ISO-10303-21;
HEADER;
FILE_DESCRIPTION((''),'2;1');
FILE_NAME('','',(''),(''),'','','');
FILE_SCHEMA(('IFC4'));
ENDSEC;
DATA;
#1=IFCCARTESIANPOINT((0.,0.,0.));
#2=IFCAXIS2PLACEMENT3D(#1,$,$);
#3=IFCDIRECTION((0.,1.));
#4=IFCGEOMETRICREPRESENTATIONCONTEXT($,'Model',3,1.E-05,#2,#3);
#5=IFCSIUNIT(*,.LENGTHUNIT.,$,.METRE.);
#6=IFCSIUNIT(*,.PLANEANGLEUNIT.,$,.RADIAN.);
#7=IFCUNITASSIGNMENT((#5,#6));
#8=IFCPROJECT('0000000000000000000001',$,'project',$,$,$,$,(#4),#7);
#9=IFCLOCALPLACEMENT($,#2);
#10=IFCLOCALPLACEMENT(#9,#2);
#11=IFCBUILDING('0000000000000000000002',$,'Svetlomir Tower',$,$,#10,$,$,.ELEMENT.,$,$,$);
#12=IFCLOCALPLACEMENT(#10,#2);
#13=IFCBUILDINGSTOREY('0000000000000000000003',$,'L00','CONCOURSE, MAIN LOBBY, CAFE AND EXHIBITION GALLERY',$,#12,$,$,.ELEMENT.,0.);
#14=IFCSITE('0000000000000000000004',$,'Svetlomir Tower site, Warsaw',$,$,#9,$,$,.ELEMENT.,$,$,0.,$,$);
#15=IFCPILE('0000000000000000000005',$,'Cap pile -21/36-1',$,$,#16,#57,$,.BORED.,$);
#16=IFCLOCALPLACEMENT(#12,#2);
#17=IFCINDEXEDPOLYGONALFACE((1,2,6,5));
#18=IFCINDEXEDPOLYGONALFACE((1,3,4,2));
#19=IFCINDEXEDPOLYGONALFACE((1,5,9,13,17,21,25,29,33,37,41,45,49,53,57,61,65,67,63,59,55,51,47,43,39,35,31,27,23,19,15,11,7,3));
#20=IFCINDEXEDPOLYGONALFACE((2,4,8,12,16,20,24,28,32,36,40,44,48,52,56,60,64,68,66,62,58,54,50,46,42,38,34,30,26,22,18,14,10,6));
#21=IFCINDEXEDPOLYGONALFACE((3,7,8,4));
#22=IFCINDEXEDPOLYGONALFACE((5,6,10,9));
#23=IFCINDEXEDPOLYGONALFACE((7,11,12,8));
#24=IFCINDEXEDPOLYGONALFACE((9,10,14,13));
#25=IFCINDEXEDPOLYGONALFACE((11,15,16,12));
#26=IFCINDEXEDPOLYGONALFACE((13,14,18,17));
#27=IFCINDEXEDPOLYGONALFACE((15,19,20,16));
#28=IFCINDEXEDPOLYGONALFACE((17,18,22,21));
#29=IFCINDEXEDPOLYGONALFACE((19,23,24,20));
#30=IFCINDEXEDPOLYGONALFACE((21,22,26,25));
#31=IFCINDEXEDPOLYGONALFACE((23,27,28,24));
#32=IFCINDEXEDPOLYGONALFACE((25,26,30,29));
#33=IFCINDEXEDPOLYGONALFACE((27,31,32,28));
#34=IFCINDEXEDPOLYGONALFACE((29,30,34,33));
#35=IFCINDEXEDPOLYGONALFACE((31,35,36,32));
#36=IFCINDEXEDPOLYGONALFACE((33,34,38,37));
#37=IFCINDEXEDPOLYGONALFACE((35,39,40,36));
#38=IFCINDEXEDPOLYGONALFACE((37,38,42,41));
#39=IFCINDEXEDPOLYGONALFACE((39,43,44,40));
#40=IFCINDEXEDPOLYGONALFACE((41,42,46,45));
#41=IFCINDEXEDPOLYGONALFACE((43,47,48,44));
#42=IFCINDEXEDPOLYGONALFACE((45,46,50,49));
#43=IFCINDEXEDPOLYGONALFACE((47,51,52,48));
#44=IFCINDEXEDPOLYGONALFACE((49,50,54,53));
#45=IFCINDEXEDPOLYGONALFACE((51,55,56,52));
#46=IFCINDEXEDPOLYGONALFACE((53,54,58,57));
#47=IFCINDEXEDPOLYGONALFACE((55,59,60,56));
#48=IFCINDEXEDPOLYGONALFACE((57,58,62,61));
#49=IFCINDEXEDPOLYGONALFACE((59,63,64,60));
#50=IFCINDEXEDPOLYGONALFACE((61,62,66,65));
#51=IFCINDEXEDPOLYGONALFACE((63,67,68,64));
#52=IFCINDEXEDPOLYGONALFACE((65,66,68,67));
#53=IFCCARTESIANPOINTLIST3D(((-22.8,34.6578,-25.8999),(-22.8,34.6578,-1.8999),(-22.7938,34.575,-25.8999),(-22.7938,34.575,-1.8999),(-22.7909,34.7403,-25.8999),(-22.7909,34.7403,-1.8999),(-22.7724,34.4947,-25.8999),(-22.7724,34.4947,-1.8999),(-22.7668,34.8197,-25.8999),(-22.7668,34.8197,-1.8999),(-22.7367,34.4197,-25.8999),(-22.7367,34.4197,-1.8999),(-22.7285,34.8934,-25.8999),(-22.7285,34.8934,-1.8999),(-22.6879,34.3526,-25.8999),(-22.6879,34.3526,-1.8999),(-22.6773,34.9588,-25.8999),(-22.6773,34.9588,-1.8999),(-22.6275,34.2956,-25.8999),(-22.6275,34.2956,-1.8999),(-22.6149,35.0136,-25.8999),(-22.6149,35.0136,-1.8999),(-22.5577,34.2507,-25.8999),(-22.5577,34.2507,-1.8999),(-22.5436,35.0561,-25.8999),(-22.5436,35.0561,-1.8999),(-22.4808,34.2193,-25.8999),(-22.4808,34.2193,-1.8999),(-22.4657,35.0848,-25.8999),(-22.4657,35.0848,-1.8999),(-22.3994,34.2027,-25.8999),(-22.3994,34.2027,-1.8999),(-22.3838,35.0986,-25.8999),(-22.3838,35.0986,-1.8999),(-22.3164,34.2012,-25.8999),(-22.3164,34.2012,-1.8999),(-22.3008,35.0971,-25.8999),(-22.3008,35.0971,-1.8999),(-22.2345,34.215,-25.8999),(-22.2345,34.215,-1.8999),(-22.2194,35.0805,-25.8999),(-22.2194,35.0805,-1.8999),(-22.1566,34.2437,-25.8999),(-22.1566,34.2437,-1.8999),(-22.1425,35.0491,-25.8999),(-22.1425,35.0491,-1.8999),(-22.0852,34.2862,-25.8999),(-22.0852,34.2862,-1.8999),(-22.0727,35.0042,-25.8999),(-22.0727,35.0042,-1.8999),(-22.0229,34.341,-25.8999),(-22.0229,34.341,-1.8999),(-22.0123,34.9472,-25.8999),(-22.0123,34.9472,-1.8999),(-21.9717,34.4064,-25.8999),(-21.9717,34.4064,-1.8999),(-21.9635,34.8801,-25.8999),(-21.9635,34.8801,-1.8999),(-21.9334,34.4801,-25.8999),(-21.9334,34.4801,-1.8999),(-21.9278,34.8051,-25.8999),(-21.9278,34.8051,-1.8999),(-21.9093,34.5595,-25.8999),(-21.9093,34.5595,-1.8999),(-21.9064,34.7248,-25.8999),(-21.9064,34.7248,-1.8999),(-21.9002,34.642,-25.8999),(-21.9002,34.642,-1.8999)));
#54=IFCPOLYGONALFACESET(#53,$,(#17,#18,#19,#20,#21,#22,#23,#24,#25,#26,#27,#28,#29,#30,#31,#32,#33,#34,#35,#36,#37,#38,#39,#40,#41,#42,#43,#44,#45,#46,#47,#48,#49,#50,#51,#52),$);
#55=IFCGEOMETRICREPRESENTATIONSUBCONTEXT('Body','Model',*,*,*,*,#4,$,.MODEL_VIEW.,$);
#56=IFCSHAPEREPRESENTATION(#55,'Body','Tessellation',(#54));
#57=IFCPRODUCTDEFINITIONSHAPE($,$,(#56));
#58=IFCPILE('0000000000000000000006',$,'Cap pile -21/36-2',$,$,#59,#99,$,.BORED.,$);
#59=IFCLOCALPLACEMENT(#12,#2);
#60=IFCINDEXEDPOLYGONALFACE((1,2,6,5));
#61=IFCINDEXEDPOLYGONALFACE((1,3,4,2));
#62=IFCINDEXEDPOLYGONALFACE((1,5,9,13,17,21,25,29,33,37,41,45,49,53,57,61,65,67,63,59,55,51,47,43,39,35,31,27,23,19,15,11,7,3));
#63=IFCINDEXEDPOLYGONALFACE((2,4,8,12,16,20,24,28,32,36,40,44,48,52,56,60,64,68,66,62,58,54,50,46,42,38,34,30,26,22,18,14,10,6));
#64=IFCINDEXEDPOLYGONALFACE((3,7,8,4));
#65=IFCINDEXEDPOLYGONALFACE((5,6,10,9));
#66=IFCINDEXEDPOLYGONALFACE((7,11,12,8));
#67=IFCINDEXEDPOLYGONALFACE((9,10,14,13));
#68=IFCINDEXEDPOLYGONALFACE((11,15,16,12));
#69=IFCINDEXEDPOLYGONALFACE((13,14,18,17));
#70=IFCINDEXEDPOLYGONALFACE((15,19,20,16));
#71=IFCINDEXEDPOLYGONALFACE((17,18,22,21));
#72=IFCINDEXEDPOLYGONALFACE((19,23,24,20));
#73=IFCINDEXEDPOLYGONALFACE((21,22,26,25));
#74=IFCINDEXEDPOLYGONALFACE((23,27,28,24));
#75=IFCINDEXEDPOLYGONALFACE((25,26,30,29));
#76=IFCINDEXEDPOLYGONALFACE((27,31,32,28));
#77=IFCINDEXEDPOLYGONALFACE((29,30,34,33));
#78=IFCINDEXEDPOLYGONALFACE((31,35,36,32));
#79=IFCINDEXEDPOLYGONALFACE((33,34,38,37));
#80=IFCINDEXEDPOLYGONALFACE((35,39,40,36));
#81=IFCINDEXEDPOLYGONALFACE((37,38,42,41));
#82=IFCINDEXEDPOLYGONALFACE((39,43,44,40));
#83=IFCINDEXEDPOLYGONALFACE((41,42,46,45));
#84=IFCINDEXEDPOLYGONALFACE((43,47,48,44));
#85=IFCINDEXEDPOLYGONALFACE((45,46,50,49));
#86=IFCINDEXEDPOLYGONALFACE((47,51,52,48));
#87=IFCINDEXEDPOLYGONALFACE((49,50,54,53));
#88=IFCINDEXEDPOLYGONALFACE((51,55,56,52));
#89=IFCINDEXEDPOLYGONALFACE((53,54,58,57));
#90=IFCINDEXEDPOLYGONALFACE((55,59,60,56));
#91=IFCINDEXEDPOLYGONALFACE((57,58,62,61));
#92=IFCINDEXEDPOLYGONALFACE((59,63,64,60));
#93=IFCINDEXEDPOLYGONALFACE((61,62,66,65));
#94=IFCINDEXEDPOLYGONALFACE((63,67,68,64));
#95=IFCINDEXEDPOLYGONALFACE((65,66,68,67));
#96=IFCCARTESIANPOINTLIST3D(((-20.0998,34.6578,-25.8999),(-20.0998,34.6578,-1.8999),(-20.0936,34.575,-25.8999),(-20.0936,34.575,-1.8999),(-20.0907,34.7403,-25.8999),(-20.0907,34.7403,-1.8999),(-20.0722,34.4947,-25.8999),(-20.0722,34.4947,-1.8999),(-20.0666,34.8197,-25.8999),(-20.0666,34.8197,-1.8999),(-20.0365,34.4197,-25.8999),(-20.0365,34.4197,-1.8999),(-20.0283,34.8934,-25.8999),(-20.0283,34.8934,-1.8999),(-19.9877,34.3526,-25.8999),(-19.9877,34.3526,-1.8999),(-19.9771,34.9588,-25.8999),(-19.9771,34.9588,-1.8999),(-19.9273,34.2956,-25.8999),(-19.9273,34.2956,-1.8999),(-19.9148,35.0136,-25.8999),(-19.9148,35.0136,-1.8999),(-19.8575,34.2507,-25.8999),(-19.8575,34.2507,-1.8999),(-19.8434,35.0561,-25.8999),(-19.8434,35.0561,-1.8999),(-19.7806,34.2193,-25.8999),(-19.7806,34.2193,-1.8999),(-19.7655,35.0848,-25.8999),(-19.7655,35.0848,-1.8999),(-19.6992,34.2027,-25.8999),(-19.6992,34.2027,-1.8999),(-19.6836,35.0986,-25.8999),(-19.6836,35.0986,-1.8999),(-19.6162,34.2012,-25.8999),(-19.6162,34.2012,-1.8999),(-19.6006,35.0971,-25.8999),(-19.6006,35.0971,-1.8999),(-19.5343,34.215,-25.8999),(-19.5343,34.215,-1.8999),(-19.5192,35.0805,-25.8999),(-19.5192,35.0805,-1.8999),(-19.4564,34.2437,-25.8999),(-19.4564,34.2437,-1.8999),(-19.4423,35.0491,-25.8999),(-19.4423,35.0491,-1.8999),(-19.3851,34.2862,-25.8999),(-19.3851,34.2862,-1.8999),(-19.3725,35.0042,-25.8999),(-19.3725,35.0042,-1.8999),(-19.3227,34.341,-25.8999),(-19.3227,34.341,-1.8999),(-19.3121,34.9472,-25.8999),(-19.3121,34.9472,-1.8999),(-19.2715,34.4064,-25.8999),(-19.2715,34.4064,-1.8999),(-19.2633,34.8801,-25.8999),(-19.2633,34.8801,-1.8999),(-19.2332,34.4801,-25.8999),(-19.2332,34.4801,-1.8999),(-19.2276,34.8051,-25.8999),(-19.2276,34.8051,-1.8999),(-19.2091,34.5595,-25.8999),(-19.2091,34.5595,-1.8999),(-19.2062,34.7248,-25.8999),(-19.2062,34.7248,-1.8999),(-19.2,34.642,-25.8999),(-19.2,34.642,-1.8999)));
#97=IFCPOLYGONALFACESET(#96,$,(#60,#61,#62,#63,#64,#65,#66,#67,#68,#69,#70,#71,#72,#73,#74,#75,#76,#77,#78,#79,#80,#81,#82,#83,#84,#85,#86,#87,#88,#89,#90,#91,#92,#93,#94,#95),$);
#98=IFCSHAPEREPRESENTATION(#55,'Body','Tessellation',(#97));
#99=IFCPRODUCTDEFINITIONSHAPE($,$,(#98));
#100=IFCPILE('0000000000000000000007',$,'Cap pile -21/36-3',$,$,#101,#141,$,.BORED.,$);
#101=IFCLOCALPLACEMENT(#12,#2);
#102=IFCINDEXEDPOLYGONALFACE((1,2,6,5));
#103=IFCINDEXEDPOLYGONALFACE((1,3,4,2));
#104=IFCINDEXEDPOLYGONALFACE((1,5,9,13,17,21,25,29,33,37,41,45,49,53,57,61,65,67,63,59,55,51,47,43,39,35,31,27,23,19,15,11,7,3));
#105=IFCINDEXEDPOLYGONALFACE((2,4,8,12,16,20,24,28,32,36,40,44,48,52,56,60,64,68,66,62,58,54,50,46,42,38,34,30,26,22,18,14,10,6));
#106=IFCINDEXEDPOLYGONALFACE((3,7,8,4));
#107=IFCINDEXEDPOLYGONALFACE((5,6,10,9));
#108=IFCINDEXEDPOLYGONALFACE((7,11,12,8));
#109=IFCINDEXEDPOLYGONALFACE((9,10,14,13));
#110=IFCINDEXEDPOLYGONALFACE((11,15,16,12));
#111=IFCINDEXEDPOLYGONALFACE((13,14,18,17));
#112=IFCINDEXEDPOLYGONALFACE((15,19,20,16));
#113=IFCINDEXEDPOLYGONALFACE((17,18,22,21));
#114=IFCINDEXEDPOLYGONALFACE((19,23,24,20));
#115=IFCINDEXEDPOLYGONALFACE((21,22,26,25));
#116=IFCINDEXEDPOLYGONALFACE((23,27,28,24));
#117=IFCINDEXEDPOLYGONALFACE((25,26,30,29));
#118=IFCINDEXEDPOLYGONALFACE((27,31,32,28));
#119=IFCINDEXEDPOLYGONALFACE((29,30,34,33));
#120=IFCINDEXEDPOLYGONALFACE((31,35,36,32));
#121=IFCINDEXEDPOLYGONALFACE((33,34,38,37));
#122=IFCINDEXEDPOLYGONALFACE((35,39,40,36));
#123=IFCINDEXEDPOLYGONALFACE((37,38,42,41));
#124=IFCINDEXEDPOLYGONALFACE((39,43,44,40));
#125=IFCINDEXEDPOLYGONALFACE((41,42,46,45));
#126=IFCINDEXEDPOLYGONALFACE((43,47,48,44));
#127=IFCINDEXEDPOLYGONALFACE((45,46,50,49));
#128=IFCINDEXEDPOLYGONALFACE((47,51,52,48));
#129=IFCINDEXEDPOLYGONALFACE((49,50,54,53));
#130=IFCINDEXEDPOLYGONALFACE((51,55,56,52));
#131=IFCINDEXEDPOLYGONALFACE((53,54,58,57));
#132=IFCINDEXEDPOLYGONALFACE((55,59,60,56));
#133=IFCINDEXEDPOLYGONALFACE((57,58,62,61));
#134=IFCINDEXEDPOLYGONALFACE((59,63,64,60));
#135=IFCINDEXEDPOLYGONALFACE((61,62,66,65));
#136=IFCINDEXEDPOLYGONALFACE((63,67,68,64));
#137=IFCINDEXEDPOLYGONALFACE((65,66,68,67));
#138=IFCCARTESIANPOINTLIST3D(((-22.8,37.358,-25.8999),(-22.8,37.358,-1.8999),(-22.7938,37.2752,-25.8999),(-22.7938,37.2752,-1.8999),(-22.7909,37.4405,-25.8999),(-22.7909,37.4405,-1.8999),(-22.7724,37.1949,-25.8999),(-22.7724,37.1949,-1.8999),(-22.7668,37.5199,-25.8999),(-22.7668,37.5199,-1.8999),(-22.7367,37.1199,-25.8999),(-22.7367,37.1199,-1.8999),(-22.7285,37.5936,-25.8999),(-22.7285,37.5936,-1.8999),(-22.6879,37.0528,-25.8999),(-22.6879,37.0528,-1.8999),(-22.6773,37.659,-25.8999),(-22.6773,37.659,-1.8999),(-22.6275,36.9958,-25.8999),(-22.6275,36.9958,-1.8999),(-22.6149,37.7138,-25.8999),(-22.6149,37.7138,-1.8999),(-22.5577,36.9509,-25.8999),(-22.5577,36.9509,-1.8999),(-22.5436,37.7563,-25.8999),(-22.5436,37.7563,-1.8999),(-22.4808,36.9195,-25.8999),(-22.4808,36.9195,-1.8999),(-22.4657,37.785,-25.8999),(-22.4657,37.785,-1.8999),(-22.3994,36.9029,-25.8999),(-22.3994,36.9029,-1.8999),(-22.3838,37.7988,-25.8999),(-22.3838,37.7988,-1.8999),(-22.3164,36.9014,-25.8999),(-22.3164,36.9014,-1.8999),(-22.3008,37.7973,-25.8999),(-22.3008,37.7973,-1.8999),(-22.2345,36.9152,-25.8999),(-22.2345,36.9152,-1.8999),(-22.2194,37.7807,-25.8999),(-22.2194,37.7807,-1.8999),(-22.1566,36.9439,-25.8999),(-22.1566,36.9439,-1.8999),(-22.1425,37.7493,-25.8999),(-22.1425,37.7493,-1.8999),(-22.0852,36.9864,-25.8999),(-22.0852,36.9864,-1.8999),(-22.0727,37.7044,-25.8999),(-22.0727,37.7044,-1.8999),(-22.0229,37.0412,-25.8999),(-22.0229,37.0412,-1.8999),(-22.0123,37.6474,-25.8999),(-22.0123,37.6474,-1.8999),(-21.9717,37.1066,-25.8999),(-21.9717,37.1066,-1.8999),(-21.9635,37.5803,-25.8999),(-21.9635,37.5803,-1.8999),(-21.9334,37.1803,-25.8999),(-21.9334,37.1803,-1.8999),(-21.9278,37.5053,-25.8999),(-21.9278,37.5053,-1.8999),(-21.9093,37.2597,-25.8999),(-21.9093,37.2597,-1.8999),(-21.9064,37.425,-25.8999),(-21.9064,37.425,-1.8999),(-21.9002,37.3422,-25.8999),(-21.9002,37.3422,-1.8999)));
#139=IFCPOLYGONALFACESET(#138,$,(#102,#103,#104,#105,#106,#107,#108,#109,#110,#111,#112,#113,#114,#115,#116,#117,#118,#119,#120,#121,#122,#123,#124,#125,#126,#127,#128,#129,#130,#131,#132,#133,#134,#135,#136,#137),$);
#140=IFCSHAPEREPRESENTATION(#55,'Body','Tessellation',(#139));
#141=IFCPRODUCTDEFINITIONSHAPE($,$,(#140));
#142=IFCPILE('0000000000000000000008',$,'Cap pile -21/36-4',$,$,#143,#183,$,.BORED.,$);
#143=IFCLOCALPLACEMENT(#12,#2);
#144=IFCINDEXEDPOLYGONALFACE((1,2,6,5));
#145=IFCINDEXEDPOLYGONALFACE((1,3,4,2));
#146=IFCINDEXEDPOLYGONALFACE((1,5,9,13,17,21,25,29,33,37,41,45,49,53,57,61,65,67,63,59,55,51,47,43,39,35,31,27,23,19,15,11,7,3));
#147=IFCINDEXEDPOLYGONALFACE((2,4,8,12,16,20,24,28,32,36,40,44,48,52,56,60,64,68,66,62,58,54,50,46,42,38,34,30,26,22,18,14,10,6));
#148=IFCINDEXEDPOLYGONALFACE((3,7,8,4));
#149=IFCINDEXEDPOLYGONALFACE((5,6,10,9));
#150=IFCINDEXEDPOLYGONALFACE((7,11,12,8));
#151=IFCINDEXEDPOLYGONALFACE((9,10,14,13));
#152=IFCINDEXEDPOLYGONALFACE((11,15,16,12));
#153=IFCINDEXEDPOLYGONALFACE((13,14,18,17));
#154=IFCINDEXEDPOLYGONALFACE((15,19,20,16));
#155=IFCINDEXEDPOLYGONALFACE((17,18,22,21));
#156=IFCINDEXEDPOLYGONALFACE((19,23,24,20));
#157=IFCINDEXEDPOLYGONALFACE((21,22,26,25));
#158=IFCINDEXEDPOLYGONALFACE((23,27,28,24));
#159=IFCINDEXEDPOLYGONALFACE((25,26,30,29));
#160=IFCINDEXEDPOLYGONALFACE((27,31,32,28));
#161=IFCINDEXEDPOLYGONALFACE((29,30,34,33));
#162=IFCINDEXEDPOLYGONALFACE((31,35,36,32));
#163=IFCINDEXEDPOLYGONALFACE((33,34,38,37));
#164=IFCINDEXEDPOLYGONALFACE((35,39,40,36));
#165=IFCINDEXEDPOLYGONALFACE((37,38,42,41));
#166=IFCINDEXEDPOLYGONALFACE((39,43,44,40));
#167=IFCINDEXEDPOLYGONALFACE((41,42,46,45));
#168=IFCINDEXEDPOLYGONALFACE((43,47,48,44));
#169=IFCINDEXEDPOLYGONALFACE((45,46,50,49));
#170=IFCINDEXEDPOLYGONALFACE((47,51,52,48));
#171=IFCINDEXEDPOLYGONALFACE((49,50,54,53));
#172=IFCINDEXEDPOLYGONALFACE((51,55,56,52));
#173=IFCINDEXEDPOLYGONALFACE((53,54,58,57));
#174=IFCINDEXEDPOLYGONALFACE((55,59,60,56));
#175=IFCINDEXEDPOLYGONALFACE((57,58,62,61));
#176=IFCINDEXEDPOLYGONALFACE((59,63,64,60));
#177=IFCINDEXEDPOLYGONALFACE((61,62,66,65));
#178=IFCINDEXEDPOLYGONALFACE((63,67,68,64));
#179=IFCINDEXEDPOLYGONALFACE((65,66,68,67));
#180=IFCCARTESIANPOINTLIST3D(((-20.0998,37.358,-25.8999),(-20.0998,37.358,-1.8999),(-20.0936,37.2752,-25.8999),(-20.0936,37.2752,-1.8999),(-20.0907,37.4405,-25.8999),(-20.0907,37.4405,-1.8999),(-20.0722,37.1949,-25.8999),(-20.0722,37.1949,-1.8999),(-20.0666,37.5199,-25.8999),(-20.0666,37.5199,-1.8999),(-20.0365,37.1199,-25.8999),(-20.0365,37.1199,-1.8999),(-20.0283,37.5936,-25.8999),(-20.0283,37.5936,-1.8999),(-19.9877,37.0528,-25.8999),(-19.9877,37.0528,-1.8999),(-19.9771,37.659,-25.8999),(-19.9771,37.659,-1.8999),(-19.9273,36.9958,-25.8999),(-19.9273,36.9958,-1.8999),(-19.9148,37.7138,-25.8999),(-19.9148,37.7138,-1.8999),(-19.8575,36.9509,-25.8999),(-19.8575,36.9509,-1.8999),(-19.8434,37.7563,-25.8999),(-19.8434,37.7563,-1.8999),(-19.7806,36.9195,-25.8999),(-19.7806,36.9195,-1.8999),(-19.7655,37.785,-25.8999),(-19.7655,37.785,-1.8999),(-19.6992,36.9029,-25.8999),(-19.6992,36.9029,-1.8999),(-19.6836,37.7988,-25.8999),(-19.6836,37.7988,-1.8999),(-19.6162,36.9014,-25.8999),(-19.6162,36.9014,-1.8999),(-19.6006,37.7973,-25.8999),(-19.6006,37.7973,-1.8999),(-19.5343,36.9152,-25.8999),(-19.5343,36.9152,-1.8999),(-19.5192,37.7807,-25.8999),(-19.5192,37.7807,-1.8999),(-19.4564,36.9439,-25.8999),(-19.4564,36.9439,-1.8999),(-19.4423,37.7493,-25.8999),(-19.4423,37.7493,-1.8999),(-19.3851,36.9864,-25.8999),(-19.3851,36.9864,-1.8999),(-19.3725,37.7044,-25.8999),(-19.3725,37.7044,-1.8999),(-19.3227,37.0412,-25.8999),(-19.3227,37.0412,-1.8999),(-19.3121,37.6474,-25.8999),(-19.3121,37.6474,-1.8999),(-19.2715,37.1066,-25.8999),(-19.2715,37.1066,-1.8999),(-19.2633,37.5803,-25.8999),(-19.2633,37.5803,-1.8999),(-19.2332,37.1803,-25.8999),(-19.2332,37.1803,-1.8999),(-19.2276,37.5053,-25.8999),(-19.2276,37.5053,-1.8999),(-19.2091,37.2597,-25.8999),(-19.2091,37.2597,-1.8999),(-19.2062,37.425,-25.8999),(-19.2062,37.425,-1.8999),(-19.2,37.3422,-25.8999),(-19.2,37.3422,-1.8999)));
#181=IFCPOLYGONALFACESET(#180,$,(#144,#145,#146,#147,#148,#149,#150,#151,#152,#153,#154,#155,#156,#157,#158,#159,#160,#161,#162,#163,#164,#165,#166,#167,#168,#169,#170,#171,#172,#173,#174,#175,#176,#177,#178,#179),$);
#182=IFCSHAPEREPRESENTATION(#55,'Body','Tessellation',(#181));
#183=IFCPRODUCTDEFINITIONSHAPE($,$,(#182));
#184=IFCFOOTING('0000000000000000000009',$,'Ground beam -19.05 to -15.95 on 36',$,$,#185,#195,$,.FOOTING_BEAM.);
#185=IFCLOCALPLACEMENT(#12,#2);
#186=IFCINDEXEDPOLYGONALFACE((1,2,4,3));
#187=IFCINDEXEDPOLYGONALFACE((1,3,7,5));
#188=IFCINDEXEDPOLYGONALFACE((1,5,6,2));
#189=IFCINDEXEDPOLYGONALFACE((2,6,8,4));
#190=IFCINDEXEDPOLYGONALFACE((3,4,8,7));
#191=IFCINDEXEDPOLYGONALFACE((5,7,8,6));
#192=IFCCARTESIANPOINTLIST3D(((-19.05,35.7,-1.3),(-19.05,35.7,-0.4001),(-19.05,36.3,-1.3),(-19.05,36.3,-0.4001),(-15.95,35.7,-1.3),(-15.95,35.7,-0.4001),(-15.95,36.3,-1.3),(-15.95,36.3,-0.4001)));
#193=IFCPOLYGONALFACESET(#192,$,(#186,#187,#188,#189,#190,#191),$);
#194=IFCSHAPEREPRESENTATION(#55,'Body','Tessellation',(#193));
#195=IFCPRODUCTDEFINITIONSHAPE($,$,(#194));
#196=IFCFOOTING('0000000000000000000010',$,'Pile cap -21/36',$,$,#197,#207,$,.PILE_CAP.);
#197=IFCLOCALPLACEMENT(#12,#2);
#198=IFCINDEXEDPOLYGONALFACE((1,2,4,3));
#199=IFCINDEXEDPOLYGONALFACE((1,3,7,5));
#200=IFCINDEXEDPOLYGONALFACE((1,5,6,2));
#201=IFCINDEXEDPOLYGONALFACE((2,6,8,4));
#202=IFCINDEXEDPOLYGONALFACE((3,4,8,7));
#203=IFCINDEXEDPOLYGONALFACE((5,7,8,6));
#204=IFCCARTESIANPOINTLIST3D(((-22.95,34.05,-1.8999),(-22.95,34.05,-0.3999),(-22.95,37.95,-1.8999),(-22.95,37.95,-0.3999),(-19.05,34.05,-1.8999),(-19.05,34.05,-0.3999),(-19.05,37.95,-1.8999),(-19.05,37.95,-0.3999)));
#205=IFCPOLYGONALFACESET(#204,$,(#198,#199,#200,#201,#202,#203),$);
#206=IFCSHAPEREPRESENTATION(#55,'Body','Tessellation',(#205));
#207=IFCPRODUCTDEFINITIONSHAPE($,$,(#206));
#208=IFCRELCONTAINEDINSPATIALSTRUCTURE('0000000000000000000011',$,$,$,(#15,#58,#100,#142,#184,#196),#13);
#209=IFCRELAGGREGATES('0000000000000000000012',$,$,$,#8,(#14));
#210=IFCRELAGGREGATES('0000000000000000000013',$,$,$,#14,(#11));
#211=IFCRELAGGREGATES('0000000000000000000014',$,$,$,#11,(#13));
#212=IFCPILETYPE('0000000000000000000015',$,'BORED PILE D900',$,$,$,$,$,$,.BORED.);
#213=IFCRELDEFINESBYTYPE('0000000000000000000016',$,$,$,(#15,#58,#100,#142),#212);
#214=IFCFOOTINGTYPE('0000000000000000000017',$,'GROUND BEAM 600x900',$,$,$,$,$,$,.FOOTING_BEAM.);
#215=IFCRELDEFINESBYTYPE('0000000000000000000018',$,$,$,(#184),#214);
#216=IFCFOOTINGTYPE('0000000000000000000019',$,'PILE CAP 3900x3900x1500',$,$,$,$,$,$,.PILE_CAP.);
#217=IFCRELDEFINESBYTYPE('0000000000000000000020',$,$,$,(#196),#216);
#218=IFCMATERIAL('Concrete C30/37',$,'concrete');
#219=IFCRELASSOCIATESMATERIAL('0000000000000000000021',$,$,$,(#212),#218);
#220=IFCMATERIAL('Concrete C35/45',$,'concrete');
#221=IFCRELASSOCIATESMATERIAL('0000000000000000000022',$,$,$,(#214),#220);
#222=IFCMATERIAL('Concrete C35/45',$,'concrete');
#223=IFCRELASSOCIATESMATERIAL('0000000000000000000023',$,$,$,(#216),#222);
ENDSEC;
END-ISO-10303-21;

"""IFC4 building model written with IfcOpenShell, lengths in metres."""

from ifc_helpers import new_model, si_unit, direction, frame, frame_2d, origin, origin_2d, place, context, subcontext, project, spatial, rectangle, circle, extrude, material, material_profile, profile_set, type_object, element, save


model = new_model("IFC4")

# Units and contexts
model_context = context("Model", 3, precision=1e-05, world=origin(), true_north=direction((0.0, 1.0)))
body_context = subcontext(model_context, "Body", "Model", "MODEL_VIEW")
ifc_project = project(units=[si_unit("LENGTHUNIT", "METRE"), si_unit("PLANEANGLEUNIT", "RADIAN")], contexts=[model_context])

# Site, building, storey
site_placement = place(None, origin())
site = spatial("IfcSite", under=ifc_project, at=site_placement, Name="Svetlomir Tower site, Warsaw", CompositionType="ELEMENT", RefElevation=0.0)
building_placement = place(site_placement, origin())
building = spatial("IfcBuilding", under=site, at=building_placement, Name="Svetlomir Tower", CompositionType="ELEMENT")
storey_placement = place(building_placement, origin())
storey = spatial("IfcBuildingStorey", under=building, at=storey_placement, Name="L00", Description="CONCOURSE, MAIN LOBBY, CAFE AND EXHIBITION GALLERY", CompositionType="ELEMENT", Elevation=0.0)

# Piles
ifc_material_1 = material(Name="Concrete C30/37", Category="concrete")
ifc_material_profile_1 = material_profile(ifc_material_1, circle(Radius=0.45, at=origin_2d()), Name="RC D900")
ifc_profile_set_1 = profile_set([ifc_material_profile_1], Name="Concrete C30/37")
pile_type = type_object("IfcPileType", Name="BORED PILE D900", PredefinedType="BORED", material=ifc_profile_set_1)
for number, where, z_axis, x_axis, name in (
    (1, (-22.3501, 34.6499, -1.8999), (0.0, 0.0, -1.0), (1.0, 0.0, 0.0), "Cap pile -21/36-1"),
    (2, (-19.6499, 34.6499, -1.8999), (0.0, 0.0, -1.0), (1.0, 0.0, 0.0), "Cap pile -21/36-2"),
    (3, (-22.3501, 37.3501, -1.8999), (0.0, 0.0, -1.0), (1.0, 0.0, 0.0), "Cap pile -21/36-3"),
    (4, (-19.6499, 37.3501, -1.8999), (0.0, 0.0, -1.0), (1.0, 0.0, 0.0), "Cap pile -21/36-4"),
):
    element("IfcPile", number, at=place(storey_placement, frame(where, z_axis=z_axis, x_axis=x_axis)), inside=storey, type_object=pile_type, Name=name, PredefinedType="BORED", context=body_context, shape_type="SweptSolid", body=[
        extrude(circle(Radius=0.45, at=frame_2d((0.0, 0.0), x_axis=(0.999848, 0.017452))), origin(), (0.0, 0.0, 1.0), 24.0),
    ])

# Footings
ifc_material_2 = material(Name="Concrete C35/45", Category="concrete")
footing_type_1 = type_object("IfcFootingType", Name="GROUND BEAM 600x900", PredefinedType="FOOTING_BEAM", material=ifc_material_2)
footing_1_placement = place(storey_placement, frame((-17.5, 36.0, -1.3), z_axis=(0.0, 0.0, 1.0), x_axis=(1.0, 0.0, 0.0)))
element("IfcFooting", 5, at=footing_1_placement, inside=storey, type_object=footing_type_1, Name="Ground beam -19.05 to -15.95 on 36", PredefinedType="FOOTING_BEAM", context=body_context, shape_type="SweptSolid", body=[
    extrude(rectangle(XDim=3.1001, YDim=0.6001, at=origin_2d()), origin(), (0.0, 0.0, 1.0), 0.8999),
])
ifc_material_3 = material(Name="Concrete C35/45", Category="concrete")
footing_type_2 = type_object("IfcFootingType", Name="PILE CAP 3900x3900x1500", PredefinedType="PILE_CAP", material=ifc_material_3)
footing_2_placement = place(storey_placement, frame((-21.0, 36.0, -1.8999), z_axis=(0.0, 0.0, 1.0), x_axis=(1.0, 0.0, 0.0)))
element("IfcFooting", 6, at=footing_2_placement, inside=storey, type_object=footing_type_2, Name="Pile cap -21/36", PredefinedType="PILE_CAP", context=body_context, shape_type="SweptSolid", body=[
    extrude(rectangle(XDim=3.8999, YDim=3.8999, at=origin_2d()), origin(), (0.0, 0.0, 1.0), 1.5),
])

save(model, "model.ifc")
